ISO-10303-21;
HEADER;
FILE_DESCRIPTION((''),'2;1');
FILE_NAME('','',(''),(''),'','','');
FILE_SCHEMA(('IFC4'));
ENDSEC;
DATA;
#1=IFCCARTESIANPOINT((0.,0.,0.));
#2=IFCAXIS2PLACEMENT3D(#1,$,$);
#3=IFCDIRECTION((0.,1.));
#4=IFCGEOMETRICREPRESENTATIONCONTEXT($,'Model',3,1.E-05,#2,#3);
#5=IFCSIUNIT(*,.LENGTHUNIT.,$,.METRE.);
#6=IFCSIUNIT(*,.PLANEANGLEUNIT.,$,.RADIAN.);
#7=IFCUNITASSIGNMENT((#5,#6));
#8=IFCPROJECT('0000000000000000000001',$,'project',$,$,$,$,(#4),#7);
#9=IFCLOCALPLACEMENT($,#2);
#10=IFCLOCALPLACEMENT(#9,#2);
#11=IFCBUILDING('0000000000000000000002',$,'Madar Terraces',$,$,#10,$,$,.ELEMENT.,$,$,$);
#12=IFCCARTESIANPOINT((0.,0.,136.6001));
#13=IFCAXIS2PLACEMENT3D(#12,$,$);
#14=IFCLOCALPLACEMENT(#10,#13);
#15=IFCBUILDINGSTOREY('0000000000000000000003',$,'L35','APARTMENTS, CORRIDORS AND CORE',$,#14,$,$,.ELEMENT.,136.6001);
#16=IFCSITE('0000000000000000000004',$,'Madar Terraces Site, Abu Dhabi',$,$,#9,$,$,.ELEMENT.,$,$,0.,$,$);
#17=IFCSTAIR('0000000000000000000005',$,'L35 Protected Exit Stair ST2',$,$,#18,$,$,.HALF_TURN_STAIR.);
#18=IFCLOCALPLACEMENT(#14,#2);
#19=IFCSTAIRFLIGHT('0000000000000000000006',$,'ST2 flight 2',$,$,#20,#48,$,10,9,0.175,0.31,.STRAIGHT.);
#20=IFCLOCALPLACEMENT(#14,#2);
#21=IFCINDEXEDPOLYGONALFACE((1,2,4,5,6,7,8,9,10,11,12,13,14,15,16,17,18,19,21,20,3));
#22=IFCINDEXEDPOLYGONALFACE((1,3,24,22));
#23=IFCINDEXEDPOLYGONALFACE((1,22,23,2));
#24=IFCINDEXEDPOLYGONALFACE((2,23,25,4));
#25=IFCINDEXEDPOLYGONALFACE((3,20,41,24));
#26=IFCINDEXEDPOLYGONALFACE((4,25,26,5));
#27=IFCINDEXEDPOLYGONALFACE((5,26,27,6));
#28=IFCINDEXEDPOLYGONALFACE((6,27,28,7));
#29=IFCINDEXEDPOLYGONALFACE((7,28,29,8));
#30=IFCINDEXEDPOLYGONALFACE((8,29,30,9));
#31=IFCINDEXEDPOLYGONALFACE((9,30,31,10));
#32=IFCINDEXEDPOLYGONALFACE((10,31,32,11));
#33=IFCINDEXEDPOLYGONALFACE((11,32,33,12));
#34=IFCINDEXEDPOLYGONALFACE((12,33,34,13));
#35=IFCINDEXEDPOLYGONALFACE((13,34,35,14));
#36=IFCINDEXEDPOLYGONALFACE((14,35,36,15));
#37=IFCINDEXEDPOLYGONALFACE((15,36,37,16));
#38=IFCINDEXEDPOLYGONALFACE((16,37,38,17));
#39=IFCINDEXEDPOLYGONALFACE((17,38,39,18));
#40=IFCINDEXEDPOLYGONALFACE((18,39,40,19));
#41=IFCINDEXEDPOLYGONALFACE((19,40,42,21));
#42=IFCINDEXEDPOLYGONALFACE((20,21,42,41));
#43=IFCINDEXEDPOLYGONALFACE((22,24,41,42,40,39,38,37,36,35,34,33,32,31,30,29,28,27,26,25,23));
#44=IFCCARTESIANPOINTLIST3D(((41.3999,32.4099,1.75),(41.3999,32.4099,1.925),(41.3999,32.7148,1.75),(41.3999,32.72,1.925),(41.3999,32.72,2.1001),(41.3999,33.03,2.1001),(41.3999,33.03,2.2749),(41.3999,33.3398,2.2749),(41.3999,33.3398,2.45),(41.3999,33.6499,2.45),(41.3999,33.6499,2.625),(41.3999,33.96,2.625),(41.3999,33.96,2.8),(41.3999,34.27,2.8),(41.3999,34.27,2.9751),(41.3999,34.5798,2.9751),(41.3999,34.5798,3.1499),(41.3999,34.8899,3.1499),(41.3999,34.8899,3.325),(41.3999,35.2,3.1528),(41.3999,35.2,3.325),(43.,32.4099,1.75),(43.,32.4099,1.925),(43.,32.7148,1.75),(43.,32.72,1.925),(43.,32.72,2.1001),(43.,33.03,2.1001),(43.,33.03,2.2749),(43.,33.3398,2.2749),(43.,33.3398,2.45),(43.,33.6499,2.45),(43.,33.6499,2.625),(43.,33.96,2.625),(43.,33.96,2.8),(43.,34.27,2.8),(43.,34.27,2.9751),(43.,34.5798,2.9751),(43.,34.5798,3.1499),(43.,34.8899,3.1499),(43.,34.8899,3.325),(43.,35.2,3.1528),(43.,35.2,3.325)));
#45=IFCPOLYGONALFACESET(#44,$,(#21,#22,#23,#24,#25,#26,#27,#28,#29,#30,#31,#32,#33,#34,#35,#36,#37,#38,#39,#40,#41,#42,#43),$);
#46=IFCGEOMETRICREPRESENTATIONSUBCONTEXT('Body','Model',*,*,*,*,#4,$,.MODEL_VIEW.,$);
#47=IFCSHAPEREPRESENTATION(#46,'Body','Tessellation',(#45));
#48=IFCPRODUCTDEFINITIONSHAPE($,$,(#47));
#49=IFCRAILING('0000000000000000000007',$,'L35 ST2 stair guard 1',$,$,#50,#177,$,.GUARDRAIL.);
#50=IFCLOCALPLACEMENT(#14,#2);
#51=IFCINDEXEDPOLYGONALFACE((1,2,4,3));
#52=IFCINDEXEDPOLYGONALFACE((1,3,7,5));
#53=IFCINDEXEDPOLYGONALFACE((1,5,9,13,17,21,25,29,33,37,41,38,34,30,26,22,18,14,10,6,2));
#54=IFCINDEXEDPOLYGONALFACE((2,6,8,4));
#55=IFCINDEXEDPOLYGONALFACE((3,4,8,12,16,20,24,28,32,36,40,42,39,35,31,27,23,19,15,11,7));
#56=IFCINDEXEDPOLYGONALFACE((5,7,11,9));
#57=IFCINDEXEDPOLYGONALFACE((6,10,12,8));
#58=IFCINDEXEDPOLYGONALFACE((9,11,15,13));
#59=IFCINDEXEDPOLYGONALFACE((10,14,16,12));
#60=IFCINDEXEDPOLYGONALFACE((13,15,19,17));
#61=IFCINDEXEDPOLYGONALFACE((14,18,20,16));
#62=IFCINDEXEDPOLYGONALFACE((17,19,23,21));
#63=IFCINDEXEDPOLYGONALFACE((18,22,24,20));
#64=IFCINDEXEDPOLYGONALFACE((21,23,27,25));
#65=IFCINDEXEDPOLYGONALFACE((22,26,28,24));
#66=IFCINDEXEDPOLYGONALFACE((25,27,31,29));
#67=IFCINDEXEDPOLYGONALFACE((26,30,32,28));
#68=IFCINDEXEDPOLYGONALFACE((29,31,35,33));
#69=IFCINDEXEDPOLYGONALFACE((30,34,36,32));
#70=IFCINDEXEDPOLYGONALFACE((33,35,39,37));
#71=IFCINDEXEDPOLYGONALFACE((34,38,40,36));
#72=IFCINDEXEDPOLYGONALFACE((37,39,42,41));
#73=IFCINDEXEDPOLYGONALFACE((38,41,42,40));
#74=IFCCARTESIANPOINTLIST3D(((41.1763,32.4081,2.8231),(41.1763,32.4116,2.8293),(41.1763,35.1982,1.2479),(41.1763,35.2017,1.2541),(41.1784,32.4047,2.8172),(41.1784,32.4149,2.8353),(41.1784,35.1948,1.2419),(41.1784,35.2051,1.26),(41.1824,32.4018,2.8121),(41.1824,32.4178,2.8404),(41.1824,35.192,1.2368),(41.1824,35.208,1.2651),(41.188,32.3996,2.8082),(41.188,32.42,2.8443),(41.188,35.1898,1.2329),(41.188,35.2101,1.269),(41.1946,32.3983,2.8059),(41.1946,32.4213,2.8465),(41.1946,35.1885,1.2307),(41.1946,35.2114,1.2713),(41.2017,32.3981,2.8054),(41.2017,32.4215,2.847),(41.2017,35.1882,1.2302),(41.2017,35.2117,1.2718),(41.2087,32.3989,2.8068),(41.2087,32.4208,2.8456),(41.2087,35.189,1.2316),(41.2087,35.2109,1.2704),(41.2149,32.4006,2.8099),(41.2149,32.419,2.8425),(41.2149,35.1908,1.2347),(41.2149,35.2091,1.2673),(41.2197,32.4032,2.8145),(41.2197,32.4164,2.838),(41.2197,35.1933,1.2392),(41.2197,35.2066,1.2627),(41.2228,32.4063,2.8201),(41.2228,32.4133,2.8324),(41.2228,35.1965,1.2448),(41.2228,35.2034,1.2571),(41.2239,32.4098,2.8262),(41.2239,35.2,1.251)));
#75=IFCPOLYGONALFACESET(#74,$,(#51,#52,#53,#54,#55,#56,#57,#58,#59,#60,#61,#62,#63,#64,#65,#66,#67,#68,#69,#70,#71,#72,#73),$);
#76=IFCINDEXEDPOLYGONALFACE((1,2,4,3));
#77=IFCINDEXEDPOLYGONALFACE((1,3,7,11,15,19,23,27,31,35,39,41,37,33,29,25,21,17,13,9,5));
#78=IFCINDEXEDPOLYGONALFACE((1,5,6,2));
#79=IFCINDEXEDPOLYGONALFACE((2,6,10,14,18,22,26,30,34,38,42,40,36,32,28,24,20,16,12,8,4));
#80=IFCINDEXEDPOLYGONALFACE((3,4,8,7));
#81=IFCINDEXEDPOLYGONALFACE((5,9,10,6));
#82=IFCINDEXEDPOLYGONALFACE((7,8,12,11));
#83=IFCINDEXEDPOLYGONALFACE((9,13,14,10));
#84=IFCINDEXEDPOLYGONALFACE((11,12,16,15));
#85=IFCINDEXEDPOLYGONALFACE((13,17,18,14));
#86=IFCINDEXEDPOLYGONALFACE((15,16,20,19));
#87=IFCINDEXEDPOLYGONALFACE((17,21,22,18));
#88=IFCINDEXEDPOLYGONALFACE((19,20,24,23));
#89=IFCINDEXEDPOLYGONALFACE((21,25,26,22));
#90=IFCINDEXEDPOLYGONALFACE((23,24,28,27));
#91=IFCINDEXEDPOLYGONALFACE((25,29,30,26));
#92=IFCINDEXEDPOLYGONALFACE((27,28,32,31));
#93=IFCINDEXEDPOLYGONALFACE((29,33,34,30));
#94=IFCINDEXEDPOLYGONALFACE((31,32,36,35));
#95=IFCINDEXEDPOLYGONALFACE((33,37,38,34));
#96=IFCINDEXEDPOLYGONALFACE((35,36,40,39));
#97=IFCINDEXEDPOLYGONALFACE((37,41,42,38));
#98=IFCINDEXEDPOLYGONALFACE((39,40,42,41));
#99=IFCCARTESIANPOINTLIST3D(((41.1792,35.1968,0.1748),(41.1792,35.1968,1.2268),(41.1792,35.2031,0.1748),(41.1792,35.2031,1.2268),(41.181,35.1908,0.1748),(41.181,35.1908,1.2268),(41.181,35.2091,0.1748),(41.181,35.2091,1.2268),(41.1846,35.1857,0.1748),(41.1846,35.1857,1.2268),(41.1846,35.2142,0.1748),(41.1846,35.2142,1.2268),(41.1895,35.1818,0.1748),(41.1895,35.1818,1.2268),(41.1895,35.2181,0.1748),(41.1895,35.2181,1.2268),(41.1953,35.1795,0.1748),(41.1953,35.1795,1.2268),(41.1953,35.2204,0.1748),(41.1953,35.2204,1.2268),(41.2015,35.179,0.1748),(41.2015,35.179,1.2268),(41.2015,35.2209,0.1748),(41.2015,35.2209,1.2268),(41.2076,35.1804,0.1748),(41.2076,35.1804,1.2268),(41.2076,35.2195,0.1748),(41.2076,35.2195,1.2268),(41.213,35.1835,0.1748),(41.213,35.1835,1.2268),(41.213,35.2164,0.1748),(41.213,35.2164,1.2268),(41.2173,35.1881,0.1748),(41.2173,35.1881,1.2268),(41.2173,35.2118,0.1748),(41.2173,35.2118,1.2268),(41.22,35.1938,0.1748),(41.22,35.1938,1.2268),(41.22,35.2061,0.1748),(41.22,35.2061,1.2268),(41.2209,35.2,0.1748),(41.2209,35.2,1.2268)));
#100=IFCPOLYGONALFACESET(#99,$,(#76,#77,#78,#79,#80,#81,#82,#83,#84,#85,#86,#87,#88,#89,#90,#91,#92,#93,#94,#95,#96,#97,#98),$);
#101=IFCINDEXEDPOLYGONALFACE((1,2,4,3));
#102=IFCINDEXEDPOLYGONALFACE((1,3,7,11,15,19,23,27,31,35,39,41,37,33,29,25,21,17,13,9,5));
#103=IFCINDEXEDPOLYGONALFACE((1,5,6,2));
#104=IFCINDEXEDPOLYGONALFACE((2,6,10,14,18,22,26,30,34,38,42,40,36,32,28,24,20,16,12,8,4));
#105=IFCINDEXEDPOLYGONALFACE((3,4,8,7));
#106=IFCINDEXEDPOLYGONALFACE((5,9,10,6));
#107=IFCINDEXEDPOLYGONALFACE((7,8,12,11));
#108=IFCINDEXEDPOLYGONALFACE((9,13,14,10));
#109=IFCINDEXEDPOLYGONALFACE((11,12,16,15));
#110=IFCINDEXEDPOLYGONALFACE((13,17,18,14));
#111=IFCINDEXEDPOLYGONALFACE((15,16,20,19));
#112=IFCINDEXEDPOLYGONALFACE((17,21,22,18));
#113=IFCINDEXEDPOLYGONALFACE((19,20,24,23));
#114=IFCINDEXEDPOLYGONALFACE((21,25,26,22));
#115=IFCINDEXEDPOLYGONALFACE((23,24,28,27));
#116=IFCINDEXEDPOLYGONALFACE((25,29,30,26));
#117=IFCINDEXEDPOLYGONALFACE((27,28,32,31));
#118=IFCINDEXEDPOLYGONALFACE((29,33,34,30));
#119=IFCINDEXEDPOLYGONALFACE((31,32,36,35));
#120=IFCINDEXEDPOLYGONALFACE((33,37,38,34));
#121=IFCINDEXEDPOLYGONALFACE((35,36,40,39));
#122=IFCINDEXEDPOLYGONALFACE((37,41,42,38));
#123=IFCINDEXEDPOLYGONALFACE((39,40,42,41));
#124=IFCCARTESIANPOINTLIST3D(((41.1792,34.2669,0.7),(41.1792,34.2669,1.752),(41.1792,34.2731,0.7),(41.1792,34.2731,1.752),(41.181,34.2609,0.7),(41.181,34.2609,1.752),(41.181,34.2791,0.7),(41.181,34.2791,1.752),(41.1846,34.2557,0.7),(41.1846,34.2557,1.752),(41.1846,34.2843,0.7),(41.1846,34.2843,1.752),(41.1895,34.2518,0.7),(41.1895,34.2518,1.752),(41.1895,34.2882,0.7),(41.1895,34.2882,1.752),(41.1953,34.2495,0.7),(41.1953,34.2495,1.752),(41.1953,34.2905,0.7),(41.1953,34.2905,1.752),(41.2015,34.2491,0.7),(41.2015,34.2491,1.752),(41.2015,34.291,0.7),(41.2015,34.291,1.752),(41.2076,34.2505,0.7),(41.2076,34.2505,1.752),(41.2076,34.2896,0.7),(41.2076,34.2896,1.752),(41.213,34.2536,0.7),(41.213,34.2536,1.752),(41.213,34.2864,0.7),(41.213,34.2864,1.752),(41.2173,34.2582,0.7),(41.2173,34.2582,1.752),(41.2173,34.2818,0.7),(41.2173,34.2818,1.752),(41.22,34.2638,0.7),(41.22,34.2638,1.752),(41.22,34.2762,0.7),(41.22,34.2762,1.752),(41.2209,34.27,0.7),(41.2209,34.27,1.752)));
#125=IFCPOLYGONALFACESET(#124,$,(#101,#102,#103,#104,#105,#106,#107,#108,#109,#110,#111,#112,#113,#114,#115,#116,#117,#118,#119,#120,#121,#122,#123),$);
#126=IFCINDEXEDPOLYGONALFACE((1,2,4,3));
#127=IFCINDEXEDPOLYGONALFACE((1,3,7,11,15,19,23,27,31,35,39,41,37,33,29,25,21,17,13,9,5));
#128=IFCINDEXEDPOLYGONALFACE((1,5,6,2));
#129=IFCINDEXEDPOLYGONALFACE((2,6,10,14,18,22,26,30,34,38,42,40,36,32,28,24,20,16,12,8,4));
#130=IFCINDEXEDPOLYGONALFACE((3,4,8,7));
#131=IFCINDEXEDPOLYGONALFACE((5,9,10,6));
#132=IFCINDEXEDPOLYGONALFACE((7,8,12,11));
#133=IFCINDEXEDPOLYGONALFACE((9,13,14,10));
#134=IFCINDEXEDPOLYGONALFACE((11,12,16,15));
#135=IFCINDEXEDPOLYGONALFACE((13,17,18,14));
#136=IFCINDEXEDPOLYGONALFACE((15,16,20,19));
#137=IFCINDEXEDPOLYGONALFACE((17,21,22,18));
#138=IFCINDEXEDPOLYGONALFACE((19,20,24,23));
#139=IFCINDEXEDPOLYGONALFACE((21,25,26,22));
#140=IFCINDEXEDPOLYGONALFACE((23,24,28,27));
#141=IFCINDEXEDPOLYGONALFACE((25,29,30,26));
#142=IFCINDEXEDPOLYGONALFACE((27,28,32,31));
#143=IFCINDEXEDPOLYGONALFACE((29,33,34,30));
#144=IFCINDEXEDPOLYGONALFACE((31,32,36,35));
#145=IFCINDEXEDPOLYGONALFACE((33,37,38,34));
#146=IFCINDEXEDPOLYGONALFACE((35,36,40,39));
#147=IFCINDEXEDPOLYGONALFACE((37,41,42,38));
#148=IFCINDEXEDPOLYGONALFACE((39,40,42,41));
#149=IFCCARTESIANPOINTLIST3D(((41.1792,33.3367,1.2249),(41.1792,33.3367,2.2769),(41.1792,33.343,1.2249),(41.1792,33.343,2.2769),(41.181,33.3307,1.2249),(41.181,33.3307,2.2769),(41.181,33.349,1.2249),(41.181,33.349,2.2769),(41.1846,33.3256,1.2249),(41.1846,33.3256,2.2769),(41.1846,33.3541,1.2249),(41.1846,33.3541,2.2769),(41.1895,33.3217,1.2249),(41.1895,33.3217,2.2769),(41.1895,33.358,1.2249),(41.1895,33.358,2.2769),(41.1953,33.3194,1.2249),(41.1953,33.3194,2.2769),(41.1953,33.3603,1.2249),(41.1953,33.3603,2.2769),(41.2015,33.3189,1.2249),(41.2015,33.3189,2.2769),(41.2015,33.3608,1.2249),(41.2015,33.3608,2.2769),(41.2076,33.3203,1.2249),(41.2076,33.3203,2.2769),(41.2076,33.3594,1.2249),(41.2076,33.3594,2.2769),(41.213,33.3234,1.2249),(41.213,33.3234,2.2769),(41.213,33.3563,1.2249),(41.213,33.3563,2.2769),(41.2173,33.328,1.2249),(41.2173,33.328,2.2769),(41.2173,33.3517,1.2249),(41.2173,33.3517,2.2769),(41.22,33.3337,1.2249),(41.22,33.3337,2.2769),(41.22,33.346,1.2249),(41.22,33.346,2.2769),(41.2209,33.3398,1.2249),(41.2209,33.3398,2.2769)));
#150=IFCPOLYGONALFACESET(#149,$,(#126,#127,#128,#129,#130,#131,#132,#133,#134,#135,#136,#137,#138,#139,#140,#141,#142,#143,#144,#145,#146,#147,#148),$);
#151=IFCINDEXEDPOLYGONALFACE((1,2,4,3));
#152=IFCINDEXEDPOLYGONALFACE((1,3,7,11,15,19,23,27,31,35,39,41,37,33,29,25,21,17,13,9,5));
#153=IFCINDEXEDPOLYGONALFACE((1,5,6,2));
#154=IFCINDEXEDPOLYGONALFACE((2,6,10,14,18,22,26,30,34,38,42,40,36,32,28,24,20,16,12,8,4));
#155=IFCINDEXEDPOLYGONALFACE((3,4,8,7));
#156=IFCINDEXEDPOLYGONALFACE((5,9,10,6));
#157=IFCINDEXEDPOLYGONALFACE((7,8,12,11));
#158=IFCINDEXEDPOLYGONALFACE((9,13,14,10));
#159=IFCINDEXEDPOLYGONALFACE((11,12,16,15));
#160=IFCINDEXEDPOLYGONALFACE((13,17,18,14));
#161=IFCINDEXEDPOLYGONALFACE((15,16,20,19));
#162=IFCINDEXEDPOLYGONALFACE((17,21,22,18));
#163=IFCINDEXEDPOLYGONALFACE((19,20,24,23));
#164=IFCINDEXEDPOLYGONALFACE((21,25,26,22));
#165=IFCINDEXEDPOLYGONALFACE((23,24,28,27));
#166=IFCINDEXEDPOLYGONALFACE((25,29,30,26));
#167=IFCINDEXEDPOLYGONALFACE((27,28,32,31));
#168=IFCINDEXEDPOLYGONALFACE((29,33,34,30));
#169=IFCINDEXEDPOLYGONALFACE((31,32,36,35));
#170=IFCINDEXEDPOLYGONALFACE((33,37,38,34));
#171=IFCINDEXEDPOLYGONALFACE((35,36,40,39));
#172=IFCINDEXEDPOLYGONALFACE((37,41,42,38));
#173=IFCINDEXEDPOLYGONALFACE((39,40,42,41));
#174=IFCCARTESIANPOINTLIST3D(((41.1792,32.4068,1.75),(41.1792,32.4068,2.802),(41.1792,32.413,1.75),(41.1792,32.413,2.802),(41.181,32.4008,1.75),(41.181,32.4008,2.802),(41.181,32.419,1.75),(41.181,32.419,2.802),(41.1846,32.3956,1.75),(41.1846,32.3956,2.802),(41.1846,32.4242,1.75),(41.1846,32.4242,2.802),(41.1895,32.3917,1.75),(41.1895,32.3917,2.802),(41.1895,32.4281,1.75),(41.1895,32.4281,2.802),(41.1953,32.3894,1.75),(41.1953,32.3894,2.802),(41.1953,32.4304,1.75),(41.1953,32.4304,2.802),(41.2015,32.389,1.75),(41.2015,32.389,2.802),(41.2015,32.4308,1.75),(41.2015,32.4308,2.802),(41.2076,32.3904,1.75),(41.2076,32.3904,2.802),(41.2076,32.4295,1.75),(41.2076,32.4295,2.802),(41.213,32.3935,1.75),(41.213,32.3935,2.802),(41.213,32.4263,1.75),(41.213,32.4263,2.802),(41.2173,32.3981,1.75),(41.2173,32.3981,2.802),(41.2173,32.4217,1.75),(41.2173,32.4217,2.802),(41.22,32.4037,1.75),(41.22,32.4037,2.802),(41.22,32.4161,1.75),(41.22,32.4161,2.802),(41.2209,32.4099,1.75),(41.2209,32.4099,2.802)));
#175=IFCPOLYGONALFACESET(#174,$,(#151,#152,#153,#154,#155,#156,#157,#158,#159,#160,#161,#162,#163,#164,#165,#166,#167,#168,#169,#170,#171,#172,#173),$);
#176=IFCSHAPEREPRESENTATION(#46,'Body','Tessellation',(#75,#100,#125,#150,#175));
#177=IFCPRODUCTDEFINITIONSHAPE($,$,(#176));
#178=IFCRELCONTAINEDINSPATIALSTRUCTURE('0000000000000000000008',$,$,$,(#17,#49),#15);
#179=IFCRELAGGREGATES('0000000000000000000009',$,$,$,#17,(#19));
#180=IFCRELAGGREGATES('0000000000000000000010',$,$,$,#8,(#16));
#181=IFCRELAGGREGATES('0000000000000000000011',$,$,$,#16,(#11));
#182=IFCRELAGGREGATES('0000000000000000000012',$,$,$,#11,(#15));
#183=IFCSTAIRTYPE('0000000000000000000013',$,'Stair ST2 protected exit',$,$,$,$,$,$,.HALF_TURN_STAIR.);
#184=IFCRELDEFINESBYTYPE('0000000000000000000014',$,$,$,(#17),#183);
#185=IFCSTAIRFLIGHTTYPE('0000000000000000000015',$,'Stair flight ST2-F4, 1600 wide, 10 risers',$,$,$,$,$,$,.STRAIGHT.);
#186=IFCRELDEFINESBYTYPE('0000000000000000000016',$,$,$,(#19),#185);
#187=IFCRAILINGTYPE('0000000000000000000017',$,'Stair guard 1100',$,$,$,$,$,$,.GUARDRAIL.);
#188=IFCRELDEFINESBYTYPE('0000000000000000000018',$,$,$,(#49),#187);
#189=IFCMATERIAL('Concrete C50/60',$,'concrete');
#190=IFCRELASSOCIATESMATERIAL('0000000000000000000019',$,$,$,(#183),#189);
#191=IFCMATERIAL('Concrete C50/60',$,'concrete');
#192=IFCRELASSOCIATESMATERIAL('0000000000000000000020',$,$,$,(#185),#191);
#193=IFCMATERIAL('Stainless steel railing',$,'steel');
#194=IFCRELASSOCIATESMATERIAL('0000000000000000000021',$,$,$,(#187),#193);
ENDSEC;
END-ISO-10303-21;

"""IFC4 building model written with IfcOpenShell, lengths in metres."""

from ifc_helpers import new_model, si_unit, direction, frame, origin, origin_2d, place, context, subcontext, project, spatial, polyline, circle, outline, extrude, material, type_object, element, aggregate, save


model = new_model("IFC4")

# Units and contexts
model_context = context("Model", 3, precision=1e-05, world=origin(), true_north=direction((0.0, 1.0)))
body_context = subcontext(model_context, "Body", "Model", "MODEL_VIEW")
ifc_project = project(units=[si_unit("LENGTHUNIT", "METRE"), si_unit("PLANEANGLEUNIT", "RADIAN")], contexts=[model_context])

# Site, building, storey
site_placement = place(None, origin())
site = spatial("IfcSite", under=ifc_project, at=site_placement, Name="Madar Terraces Site, Abu Dhabi", CompositionType="ELEMENT", RefElevation=0.0)
building_placement = place(site_placement, origin())
building = spatial("IfcBuilding", under=site, at=building_placement, Name="Madar Terraces", CompositionType="ELEMENT")
storey_placement = place(building_placement, frame((0.0, 0.0, 136.6001)))
storey = spatial("IfcBuildingStorey", under=building, at=storey_placement, Name="L35", Description="APARTMENTS, CORRIDORS AND CORE", CompositionType="ELEMENT", Elevation=136.6001)

# Stair, stair flight
ifc_material_1 = material(Name="Concrete C50/60", Category="concrete")
stair_type = type_object("IfcStairType", Name="Stair ST2 protected exit", PredefinedType="HALF_TURN_STAIR", material=ifc_material_1)
stair_placement = place(storey_placement, origin())
stair = element("IfcStair", 1, at=stair_placement, inside=storey, type_object=stair_type, Name="L35 Protected Exit Stair ST2", PredefinedType="HALF_TURN_STAIR")
ifc_material_2 = material(Name="Concrete C50/60", Category="concrete")
stair_flight_type = type_object("IfcStairFlightType", Name="Stair flight ST2-F4, 1600 wide, 10 risers", PredefinedType="STRAIGHT", material=ifc_material_2)
stair_flight_1_placement = place(storey_placement, frame((42.2, 32.4099, 1.75), z_axis=(0.0, 0.0, 1.0), x_axis=(0.0, 1.0, 0.0)))
stair_flight_1 = element("IfcStairFlight", 2, at=stair_flight_1_placement, type_object=stair_flight_type, Name="ST2 flight 2", NumberOfRisers=10, NumberOfTreads=9, PredefinedType="STRAIGHT", RiserHeight=0.175, TreadLength=0.31, context=body_context, shape_type="SweptSolid", body=[
    extrude(outline(polyline([(0.0, 0.0), (0.0, 0.175), (0.3101, 0.175), (0.3101, 0.3501), (0.6201, 0.3501), (0.6201, 0.5249), (0.9299, 0.5249), (0.9299, 0.7), (1.24, 0.7), (1.24, 0.875), (1.55, 0.875), (1.55, 1.05), (1.8601, 1.05), (1.8601, 1.2251), (2.1699, 1.2251), (2.1699, 1.3999), (2.48, 1.3999), (2.48, 1.575), (2.79, 1.575), (2.79, 1.75), (2.79, 1.4028), (0.3049, 0.0), (0.0, 0.0)])), frame((0.0, 0.8, 0.0), z_axis=(0.0, -1.0, 0.0), x_axis=(1.0, 0.0, 0.0)), (0.0, 0.0, 1.0), 1.6001),
])
aggregate(stair, [stair_flight_1])

# Railing
ifc_material_3 = material(Name="Stainless steel railing", Category="steel")
railing_type_1 = type_object("IfcRailingType", Name="Stair guard 1100", PredefinedType="GUARDRAIL", material=ifc_material_3)
railing_1_placement = place(storey_placement, frame((41.2, 35.2, 0.1748)))
element("IfcRailing", 3, at=railing_1_placement, inside=storey, type_object=railing_type_1, Name="L35 ST2 stair guard 1", PredefinedType="GUARDRAIL", context=body_context, shape_type="SweptSolid", body=[
    extrude(circle(Radius=0.0239, at=origin_2d()), frame((0.0, 0.0, 1.0762), z_axis=(0.0, -0.870801, 0.491635), x_axis=(1.0, 0.0, 0.0)), (0.0, 0.0, 1.0), 3.2041),
    extrude(circle(Radius=0.021, at=origin_2d()), origin(), (0.0, 0.0, 1.0), 1.052),
    extrude(circle(Radius=0.021, at=origin_2d()), frame((0.0, -0.9299, 0.5251)), (0.0, 0.0, 1.0), 1.052),
    extrude(circle(Radius=0.021, at=origin_2d()), frame((0.0, -1.8601, 1.05)), (0.0, 0.0, 1.0), 1.052),
    extrude(circle(Radius=0.021, at=origin_2d()), frame((0.0, -2.79, 1.5752)), (0.0, 0.0, 1.0), 1.052),
])

save(model, "model.ifc")
